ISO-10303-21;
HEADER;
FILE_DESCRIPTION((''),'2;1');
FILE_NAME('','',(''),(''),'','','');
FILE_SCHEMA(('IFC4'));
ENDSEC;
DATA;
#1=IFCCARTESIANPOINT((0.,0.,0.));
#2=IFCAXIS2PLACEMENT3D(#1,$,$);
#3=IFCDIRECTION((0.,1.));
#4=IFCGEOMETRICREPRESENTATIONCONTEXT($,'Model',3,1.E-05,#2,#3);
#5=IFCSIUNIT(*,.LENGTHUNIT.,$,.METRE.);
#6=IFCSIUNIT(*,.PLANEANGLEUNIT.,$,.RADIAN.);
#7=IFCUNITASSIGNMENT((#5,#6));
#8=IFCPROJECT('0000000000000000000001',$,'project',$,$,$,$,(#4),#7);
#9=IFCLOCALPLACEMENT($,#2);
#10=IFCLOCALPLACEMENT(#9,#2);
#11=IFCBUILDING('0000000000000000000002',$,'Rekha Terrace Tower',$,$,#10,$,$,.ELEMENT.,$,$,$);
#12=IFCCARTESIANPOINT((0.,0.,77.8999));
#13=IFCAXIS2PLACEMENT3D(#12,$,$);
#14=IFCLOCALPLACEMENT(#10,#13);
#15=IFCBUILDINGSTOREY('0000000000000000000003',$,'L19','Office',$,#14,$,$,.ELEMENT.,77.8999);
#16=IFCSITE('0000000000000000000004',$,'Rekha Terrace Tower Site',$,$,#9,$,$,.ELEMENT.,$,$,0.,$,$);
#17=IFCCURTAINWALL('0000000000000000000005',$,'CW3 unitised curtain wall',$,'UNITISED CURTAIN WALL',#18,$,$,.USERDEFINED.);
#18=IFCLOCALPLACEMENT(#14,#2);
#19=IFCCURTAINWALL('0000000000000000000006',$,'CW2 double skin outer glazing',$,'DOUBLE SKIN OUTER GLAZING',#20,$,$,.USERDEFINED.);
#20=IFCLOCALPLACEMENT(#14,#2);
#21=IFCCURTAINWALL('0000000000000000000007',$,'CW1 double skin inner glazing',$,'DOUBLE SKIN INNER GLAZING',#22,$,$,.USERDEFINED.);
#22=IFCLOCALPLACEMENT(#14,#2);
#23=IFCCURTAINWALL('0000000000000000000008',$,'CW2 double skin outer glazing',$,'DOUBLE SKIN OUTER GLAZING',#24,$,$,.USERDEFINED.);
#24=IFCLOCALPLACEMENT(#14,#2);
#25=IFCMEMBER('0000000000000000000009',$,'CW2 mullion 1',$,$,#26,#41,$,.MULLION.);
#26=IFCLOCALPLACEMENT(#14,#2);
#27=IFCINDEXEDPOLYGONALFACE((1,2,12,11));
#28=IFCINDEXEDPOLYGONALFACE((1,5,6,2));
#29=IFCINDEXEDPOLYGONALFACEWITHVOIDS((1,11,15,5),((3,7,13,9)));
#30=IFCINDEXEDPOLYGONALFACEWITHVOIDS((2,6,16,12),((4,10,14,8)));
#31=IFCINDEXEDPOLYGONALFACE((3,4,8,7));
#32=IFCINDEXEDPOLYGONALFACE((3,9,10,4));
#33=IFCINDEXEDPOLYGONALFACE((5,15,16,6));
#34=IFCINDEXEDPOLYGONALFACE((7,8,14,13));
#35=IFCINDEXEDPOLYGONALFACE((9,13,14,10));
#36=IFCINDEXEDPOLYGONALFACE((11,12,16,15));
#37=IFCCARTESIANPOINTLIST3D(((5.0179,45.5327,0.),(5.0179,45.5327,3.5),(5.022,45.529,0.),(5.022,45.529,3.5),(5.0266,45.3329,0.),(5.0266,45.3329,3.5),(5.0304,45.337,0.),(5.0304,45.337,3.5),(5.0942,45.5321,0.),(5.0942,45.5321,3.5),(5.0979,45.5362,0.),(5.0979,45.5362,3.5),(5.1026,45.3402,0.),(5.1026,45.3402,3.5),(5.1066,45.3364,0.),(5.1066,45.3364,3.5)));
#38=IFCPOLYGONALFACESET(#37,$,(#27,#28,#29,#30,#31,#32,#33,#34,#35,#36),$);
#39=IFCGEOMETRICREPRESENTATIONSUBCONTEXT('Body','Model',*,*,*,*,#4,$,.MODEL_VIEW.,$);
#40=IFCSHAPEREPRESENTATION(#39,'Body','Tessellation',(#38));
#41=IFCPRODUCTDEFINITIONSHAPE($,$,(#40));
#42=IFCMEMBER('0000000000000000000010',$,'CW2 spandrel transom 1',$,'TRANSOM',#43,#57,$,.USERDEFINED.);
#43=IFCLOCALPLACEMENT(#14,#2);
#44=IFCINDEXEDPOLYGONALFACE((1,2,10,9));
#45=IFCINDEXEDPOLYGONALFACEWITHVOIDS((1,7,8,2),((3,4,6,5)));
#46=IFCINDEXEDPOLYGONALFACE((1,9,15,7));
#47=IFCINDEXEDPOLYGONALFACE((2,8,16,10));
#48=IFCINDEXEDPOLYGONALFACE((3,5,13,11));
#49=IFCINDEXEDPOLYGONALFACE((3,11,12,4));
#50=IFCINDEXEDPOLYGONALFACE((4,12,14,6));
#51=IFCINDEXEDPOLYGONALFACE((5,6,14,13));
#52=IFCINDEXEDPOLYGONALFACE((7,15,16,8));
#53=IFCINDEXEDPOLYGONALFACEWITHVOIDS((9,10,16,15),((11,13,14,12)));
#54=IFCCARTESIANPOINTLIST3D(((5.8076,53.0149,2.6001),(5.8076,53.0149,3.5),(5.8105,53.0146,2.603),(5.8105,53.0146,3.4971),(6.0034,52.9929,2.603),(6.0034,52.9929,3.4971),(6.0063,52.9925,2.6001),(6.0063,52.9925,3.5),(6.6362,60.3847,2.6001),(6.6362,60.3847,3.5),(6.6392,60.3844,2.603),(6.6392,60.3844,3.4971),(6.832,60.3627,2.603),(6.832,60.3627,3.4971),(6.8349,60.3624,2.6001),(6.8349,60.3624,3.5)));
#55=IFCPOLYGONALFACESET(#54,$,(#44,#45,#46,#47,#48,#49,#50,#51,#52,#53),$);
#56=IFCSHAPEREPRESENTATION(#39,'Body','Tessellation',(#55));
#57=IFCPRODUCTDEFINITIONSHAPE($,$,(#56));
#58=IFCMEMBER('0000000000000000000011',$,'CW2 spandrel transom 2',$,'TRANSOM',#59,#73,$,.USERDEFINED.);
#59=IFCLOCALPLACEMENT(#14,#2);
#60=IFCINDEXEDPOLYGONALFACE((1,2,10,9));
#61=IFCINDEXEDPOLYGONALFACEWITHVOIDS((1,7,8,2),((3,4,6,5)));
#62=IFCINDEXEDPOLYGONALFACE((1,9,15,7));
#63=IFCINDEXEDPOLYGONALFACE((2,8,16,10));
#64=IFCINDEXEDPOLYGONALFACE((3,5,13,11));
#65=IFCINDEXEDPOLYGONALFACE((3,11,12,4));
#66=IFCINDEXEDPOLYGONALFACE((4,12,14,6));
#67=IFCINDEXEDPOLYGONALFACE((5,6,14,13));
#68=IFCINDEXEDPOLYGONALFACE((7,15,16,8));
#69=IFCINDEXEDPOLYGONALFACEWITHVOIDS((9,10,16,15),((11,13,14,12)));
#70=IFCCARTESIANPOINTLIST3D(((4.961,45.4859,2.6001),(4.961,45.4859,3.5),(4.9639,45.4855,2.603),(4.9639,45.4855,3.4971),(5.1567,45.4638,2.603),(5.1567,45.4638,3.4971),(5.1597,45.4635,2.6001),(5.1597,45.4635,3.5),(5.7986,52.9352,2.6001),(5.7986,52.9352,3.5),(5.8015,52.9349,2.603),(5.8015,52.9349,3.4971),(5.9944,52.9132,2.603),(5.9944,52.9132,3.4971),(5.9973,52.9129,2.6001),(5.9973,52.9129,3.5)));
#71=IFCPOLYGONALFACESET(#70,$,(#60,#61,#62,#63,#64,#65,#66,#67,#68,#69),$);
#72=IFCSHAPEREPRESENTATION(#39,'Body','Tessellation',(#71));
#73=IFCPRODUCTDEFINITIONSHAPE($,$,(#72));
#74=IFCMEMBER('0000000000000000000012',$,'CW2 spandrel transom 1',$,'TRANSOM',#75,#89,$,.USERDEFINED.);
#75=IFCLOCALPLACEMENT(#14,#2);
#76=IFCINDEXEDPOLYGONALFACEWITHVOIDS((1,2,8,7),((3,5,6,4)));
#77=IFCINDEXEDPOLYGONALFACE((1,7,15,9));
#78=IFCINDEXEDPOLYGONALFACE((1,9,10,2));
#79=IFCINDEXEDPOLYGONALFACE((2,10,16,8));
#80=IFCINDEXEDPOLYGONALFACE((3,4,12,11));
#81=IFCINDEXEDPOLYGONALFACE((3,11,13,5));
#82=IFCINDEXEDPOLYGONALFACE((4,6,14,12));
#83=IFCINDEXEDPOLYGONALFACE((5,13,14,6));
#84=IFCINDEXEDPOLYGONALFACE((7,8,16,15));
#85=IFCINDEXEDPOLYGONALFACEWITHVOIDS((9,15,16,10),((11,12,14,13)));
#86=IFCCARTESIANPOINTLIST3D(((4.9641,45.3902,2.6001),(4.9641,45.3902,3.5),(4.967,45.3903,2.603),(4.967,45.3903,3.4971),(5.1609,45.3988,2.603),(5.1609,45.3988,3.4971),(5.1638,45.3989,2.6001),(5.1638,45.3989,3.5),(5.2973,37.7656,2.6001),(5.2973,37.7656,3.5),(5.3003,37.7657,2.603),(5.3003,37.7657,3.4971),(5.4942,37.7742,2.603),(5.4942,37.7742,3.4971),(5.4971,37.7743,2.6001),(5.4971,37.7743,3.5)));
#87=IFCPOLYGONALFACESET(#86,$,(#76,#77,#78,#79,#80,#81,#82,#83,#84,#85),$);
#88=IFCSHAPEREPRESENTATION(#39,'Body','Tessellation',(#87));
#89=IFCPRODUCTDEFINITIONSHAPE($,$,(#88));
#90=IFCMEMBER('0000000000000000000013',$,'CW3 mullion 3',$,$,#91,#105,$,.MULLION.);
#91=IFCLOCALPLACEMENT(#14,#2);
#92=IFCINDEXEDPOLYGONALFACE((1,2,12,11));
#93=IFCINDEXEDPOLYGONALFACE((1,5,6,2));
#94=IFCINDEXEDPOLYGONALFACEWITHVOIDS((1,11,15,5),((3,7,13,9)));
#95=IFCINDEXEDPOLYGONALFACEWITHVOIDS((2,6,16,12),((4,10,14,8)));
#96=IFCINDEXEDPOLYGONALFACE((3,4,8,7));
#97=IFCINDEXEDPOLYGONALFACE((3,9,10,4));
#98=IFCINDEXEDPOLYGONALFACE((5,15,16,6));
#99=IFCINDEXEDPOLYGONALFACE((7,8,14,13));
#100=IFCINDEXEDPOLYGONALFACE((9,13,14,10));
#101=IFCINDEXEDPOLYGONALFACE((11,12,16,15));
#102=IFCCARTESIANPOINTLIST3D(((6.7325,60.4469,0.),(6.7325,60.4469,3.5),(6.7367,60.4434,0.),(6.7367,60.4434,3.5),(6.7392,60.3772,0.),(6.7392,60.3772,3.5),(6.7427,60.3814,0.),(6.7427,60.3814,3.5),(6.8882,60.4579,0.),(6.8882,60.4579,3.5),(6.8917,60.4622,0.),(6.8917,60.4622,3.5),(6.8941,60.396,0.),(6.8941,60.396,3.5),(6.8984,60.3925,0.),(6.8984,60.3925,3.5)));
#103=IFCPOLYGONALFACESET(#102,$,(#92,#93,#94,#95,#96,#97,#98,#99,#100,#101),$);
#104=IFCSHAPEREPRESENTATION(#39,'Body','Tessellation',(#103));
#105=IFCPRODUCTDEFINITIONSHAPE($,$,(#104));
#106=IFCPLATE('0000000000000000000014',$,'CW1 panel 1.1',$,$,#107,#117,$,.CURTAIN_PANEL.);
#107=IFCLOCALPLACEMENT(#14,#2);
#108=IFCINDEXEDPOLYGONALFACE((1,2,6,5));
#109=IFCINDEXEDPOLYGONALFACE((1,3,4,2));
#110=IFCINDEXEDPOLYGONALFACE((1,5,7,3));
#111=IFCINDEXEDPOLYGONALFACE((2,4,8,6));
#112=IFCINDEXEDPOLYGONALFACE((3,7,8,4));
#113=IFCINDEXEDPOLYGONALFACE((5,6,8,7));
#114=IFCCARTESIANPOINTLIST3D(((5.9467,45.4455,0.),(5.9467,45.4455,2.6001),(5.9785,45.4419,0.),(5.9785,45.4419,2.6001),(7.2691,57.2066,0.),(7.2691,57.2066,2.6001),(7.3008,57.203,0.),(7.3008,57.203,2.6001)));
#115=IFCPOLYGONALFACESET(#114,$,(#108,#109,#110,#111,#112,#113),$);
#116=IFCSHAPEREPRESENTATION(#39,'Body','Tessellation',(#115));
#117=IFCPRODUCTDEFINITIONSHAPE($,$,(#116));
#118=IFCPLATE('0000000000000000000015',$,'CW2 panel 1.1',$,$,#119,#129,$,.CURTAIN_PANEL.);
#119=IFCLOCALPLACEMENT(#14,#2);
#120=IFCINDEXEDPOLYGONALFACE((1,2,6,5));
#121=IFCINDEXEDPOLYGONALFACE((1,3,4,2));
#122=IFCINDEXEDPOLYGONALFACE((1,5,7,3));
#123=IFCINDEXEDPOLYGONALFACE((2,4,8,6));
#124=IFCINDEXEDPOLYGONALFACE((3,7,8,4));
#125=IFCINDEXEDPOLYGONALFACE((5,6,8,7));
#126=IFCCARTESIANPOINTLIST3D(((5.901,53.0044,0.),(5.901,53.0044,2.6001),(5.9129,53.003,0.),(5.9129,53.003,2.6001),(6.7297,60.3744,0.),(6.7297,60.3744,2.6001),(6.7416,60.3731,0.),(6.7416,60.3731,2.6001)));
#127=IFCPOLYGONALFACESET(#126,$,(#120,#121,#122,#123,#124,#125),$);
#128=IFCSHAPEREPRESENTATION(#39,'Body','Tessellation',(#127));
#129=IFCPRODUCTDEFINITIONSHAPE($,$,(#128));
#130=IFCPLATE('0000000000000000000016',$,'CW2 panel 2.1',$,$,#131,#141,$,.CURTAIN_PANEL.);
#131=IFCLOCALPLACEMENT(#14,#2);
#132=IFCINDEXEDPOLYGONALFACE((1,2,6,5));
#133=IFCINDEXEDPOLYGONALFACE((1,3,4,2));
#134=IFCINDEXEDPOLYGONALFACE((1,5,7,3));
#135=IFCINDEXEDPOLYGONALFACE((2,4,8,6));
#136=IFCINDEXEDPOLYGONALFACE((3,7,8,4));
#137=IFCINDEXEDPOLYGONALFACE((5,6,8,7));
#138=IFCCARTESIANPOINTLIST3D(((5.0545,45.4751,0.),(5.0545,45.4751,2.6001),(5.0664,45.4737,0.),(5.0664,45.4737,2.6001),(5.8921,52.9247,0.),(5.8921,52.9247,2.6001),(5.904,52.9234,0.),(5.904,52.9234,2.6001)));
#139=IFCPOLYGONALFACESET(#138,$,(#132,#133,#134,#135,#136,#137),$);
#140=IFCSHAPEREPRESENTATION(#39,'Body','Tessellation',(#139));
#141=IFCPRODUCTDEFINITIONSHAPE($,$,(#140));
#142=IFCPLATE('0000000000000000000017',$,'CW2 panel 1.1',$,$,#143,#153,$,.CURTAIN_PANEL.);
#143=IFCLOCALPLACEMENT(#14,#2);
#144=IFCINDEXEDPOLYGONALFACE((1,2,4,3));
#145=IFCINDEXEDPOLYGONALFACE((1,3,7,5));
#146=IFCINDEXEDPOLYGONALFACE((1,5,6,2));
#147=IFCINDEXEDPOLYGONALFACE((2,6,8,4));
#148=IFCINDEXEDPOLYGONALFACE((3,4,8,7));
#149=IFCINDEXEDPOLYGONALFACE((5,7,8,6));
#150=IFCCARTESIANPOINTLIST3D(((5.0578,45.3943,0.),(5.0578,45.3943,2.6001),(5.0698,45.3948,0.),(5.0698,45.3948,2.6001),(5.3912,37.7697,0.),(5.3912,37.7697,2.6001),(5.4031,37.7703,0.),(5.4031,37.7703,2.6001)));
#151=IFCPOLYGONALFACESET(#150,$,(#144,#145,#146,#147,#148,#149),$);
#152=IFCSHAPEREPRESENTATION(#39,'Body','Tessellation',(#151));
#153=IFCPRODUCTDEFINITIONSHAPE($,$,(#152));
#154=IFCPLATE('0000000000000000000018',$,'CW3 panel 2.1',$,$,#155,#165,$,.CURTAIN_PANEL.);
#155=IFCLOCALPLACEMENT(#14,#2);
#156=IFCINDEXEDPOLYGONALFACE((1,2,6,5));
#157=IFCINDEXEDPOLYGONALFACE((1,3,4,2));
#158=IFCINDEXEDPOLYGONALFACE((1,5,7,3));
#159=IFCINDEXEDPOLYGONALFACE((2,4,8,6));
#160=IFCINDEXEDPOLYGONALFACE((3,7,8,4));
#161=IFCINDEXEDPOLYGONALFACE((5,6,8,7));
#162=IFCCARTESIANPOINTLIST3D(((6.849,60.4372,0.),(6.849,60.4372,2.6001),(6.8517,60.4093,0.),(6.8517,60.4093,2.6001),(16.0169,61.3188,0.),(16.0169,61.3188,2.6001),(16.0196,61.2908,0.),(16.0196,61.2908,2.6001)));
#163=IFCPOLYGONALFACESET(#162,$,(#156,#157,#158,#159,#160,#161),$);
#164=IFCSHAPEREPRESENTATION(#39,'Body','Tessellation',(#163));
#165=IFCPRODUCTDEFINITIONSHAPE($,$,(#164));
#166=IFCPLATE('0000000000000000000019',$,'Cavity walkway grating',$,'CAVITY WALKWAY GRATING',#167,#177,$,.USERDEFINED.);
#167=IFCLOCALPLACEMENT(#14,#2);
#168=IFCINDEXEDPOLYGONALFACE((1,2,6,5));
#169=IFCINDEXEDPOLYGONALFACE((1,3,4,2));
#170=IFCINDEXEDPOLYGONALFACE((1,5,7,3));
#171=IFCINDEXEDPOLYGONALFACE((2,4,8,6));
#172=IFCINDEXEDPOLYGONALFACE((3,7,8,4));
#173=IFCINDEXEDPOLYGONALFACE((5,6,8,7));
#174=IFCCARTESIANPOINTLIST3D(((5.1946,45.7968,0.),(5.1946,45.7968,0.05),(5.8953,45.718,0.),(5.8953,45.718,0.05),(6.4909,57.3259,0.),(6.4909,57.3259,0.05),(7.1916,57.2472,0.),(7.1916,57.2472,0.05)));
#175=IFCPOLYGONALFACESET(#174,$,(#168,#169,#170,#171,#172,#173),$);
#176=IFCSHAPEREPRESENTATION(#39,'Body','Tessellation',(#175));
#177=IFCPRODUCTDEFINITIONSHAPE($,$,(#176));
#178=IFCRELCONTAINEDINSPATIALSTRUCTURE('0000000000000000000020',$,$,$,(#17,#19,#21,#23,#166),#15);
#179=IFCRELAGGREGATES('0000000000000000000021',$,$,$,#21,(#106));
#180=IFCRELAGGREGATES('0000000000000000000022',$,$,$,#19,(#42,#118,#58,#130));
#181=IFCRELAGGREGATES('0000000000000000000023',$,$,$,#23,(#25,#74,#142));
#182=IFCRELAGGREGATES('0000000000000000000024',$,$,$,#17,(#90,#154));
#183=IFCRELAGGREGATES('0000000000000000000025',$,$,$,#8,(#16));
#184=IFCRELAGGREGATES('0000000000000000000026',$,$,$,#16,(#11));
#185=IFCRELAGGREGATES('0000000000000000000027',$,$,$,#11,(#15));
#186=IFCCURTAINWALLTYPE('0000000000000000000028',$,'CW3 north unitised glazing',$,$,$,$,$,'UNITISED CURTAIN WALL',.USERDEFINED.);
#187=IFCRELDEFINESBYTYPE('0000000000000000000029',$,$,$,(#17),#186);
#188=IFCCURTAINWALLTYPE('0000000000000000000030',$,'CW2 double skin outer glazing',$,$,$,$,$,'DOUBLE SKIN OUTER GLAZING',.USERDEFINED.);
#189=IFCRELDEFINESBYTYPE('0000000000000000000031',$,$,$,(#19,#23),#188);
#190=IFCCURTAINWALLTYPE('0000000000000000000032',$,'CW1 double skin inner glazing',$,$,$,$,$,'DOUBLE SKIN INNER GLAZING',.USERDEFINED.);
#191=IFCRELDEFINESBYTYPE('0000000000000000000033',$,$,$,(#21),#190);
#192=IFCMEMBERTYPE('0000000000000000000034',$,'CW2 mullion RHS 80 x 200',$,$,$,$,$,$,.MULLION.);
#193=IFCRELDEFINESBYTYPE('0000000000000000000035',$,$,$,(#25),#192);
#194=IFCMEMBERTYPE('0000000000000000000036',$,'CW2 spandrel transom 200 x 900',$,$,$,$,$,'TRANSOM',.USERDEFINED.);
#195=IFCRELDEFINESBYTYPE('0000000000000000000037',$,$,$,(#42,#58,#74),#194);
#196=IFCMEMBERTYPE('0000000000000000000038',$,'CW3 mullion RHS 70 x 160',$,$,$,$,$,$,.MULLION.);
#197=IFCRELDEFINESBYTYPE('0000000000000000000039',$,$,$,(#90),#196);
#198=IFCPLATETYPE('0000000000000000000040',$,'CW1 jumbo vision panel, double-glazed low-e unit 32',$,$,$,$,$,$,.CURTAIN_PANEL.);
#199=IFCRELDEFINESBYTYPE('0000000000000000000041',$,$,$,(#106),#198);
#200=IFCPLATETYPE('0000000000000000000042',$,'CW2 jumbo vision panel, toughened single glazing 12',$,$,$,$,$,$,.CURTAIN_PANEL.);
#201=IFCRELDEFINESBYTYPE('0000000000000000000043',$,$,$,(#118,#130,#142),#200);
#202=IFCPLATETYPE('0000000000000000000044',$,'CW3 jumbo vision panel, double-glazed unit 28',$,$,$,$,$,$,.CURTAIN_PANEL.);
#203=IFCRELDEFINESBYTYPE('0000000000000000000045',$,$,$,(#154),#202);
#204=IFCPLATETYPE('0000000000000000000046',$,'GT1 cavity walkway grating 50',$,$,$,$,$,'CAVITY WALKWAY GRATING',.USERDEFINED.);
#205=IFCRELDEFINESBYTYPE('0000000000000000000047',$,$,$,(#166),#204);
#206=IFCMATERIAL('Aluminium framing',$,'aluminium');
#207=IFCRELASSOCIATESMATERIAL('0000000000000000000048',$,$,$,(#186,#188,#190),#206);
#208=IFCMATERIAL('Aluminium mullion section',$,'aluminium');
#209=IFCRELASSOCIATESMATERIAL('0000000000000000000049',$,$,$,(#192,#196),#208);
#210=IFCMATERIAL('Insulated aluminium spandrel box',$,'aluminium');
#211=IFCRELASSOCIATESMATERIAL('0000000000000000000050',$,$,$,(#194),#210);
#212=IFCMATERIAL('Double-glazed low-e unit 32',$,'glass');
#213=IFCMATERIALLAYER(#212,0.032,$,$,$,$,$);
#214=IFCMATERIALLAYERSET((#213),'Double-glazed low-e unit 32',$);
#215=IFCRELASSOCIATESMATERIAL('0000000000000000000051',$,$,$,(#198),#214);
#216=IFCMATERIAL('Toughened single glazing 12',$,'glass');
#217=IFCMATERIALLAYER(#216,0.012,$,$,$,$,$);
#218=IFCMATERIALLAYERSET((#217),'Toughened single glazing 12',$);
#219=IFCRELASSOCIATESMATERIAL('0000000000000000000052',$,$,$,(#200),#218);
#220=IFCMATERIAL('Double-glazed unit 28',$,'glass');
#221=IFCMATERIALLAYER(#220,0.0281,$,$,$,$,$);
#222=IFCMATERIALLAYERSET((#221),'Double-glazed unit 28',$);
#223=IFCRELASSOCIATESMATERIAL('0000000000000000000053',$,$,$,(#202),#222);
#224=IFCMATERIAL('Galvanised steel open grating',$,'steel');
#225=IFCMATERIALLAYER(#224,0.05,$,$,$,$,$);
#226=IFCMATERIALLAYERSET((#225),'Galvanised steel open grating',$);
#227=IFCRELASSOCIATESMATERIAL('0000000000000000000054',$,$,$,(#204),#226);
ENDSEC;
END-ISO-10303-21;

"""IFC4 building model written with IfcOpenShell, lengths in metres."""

from ifc_helpers import new_model, si_unit, direction, frame, origin, origin_2d, place, context, subcontext, project, spatial, rectangle, hollow_rectangle, extrude, material, layer, layer_set, material_profile, profile_set, type_object, element, aggregate, save


model = new_model("IFC4")

# Units and contexts
model_context = context("Model", 3, precision=1e-05, world=origin(), true_north=direction((0.0, 1.0)))
body_context = subcontext(model_context, "Body", "Model", "MODEL_VIEW")
ifc_project = project(units=[si_unit("LENGTHUNIT", "METRE"), si_unit("PLANEANGLEUNIT", "RADIAN")], contexts=[model_context])

# Site, building, storey
site_placement = place(None, origin())
site = spatial("IfcSite", under=ifc_project, at=site_placement, Name="Rekha Terrace Tower Site", CompositionType="ELEMENT", RefElevation=0.0)
building_placement = place(site_placement, origin())
building = spatial("IfcBuilding", under=site, at=building_placement, Name="Rekha Terrace Tower", CompositionType="ELEMENT")
storey_placement = place(building_placement, frame((0.0, 0.0, 77.8999)))
storey = spatial("IfcBuildingStorey", under=building, at=storey_placement, Name="L19", Description="Office", CompositionType="ELEMENT", Elevation=77.8999)

# Curtain walls
ifc_material_1 = material(Name="Aluminium framing", Category="aluminium")
curtain_wall_type_1 = type_object("IfcCurtainWallType", Name="CW3 north unitised glazing", ElementType="UNITISED CURTAIN WALL", PredefinedType="USERDEFINED", material=ifc_material_1)
curtain_wall_1_placement = place(storey_placement, origin())
curtain_wall_1 = element("IfcCurtainWall", 1, at=curtain_wall_1_placement, inside=storey, type_object=curtain_wall_type_1, Name="CW3 unitised curtain wall", ObjectType="UNITISED CURTAIN WALL", PredefinedType="USERDEFINED")
curtain_wall_type_2 = type_object("IfcCurtainWallType", Name="CW2 double skin outer glazing", ElementType="DOUBLE SKIN OUTER GLAZING", PredefinedType="USERDEFINED", material=ifc_material_1)
curtain_wall_2_placement = place(storey_placement, origin())
curtain_wall_2 = element("IfcCurtainWall", 2, at=curtain_wall_2_placement, inside=storey, type_object=curtain_wall_type_2, Name="CW2 double skin outer glazing", ObjectType="DOUBLE SKIN OUTER GLAZING", PredefinedType="USERDEFINED")
curtain_wall_type_3 = type_object("IfcCurtainWallType", Name="CW1 double skin inner glazing", ElementType="DOUBLE SKIN INNER GLAZING", PredefinedType="USERDEFINED", material=ifc_material_1)
curtain_wall_3_placement = place(storey_placement, origin())
curtain_wall_3 = element("IfcCurtainWall", 3, at=curtain_wall_3_placement, inside=storey, type_object=curtain_wall_type_3, Name="CW1 double skin inner glazing", ObjectType="DOUBLE SKIN INNER GLAZING", PredefinedType="USERDEFINED")
ifc_material_2 = material(Name="Aluminium mullion section", Category="aluminium")

# Shared definitions
ifc_material_3 = material(Name="Insulated aluminium spandrel box", Category="aluminium")
ifc_material_profile_1 = material_profile(ifc_material_2, hollow_rectangle(XDim=0.0801, YDim=0.2, WallThickness=0.0039, at=origin_2d()), Name="AL RHS 80x200")
ifc_profile_set_1 = profile_set([ifc_material_profile_1], Name="Aluminium mullion section")
member_type_1 = type_object("IfcMemberType", Name="CW2 mullion RHS 80 x 200", PredefinedType="MULLION", material=ifc_profile_set_1)

# Curtain wall, member
curtain_wall_4_placement = place(storey_placement, origin())
curtain_wall_4 = element("IfcCurtainWall", 4, at=curtain_wall_4_placement, inside=storey, type_object=curtain_wall_type_2, Name="CW2 double skin outer glazing", ObjectType="DOUBLE SKIN OUTER GLAZING", PredefinedType="USERDEFINED")
member_1_placement = place(storey_placement, frame((5.0623, 45.4346, 0.0), z_axis=(0.0, 0.0, 1.0), x_axis=(0.999045, 0.043683, 0.0)))
member_1 = element("IfcMember", 5, at=member_1_placement, type_object=member_type_1, Name="CW2 mullion 1", PredefinedType="MULLION", context=body_context, shape_type="SweptSolid", body=[
    extrude(hollow_rectangle(XDim=0.0801, YDim=0.2, WallThickness=0.0039, at=origin_2d()), origin(), (0.0, 0.0, 1.0), 3.5),
])

# Members
ifc_material_profile_2 = material_profile(ifc_material_3, hollow_rectangle(XDim=0.2, YDim=0.8999, WallThickness=0.0029, at=origin_2d()), Name="AL SPANDREL BOX 200x900")
ifc_profile_set_2 = profile_set([ifc_material_profile_2], Name="Insulated aluminium spandrel box")
member_type_2 = type_object("IfcMemberType", Name="CW2 spandrel transom 200 x 900", ElementType="TRANSOM", PredefinedType="USERDEFINED", material=ifc_profile_set_2)
member_2_placement = place(storey_placement, frame((6.7356, 60.3735, 3.05), z_axis=(-0.111729, -0.993739, 0.0), x_axis=(0.993739, -0.111729, 0.0)))
member_2 = element("IfcMember", 6, at=member_2_placement, type_object=member_type_2, Name="CW2 spandrel transom 1", ObjectType="TRANSOM", PredefinedType="USERDEFINED", context=body_context, shape_type="SweptSolid", body=[
    extrude(hollow_rectangle(XDim=0.2, YDim=0.8999, WallThickness=0.0029, at=origin_2d()), origin(), (0.0, 0.0, 1.0), 7.4163),
])
member_3_placement = place(storey_placement, frame((5.8979, 52.9241, 3.05), z_axis=(-0.11174, -0.993738, 0.0), x_axis=(0.993738, -0.11174, 0.0)))
member_3 = element("IfcMember", 7, at=member_3_placement, type_object=member_type_2, Name="CW2 spandrel transom 2", ObjectType="TRANSOM", PredefinedType="USERDEFINED", context=body_context, shape_type="SweptSolid", body=[
    extrude(hollow_rectangle(XDim=0.2, YDim=0.8999, WallThickness=0.0029, at=origin_2d()), origin(), (0.0, 0.0, 1.0), 7.4963),
])
member_4_placement = place(storey_placement, frame((5.064, 45.3945, 3.05), z_axis=(0.043666, -0.999046, 0.0), x_axis=(0.999046, 0.043666, 0.0)))
member_4 = element("IfcMember", 8, at=member_4_placement, type_object=member_type_2, Name="CW2 spandrel transom 1", ObjectType="TRANSOM", PredefinedType="USERDEFINED", context=body_context, shape_type="SweptSolid", body=[
    extrude(hollow_rectangle(XDim=0.2, YDim=0.8999, WallThickness=0.0029, at=origin_2d()), origin(), (0.0, 0.0, 1.0), 7.6318),
])
ifc_material_profile_3 = material_profile(ifc_material_2, hollow_rectangle(XDim=0.0701, YDim=0.1599, WallThickness=0.0039, at=origin_2d()), Name="AL RHS 70x160")
ifc_profile_set_3 = profile_set([ifc_material_profile_3], Name="Aluminium mullion section")
member_type_3 = type_object("IfcMemberType", Name="CW3 mullion RHS 70 x 160", PredefinedType="MULLION", material=ifc_profile_set_3)
member_5_placement = place(storey_placement, frame((6.8154, 60.4197, 0.0), z_axis=(0.0, 0.0, 1.0), x_axis=(0.095712, -0.995409, 0.0)))
member_5 = element("IfcMember", 9, at=member_5_placement, type_object=member_type_3, Name="CW3 mullion 3", PredefinedType="MULLION", context=body_context, shape_type="SweptSolid", body=[
    extrude(hollow_rectangle(XDim=0.0701, YDim=0.1599, WallThickness=0.0039, at=origin_2d()), origin(), (0.0, 0.0, 1.0), 3.5),
])

# Plates
ifc_material_4 = material(Name="Double-glazed low-e unit 32", Category="glass")
ifc_layer_1 = layer(ifc_material_4, 0.032)
ifc_layer_set_1 = layer_set([ifc_layer_1], Name="Double-glazed low-e unit 32")
plate_type_1 = type_object("IfcPlateType", Name="CW1 jumbo vision panel, double-glazed low-e unit 32", PredefinedType="CURTAIN_PANEL", material=ifc_layer_set_1)
plate_1_placement = place(storey_placement, frame((6.6238, 51.3242, 0.0), z_axis=(0.0, 0.0, 1.0), x_axis=(-0.11173, -0.993739, 0.0)))
plate_1 = element("IfcPlate", 10, at=plate_1_placement, type_object=plate_type_1, Name="CW1 panel 1.1", PredefinedType="CURTAIN_PANEL", context=body_context, shape_type="SweptSolid", body=[
    extrude(rectangle(XDim=11.8352, YDim=0.032, at=origin_2d()), origin(), (0.0, 0.0, 1.0), 2.6001),
])
aggregate(curtain_wall_3, [plate_1])
ifc_material_5 = material(Name="Toughened single glazing 12", Category="glass")
ifc_layer_2 = layer(ifc_material_5, 0.012)
ifc_layer_set_2 = layer_set([ifc_layer_2], Name="Toughened single glazing 12")
plate_type_2 = type_object("IfcPlateType", Name="CW2 jumbo vision panel, toughened single glazing 12", PredefinedType="CURTAIN_PANEL", material=ifc_layer_set_2)
plate_2_placement = place(storey_placement, frame((6.3213, 56.6887, 0.0), z_axis=(0.0, 0.0, 1.0), x_axis=(-0.11173, -0.993739, 0.0)))
plate_2 = element("IfcPlate", 11, at=plate_2_placement, type_object=plate_type_2, Name="CW2 panel 1.1", PredefinedType="CURTAIN_PANEL", context=body_context, shape_type="SweptSolid", body=[
    extrude(rectangle(XDim=7.4165, YDim=0.012, at=origin_2d()), origin(), (0.0, 0.0, 1.0), 2.6001),
])
plate_3_placement = place(storey_placement, frame((5.4792, 49.1992, 0.0), z_axis=(0.0, 0.0, 1.0), x_axis=(-0.11173, -0.993739, 0.0)))
plate_3 = element("IfcPlate", 12, at=plate_3_placement, type_object=plate_type_2, Name="CW2 panel 2.1", PredefinedType="CURTAIN_PANEL", context=body_context, shape_type="SweptSolid", body=[
    extrude(rectangle(XDim=7.4966, YDim=0.012, at=origin_2d()), origin(), (0.0, 0.0, 1.0), 2.6001),
])
aggregate(curtain_wall_2, [member_2, plate_2, member_3, plate_3])
plate_4_placement = place(storey_placement, frame((5.2305, 41.5823, 0.0), z_axis=(0.0, 0.0, 1.0), x_axis=(0.043683, -0.999045, 0.0)))
plate_4 = element("IfcPlate", 13, at=plate_4_placement, type_object=plate_type_2, Name="CW2 panel 1.1", PredefinedType="CURTAIN_PANEL", context=body_context, shape_type="SweptSolid", body=[
    extrude(rectangle(XDim=7.6318, YDim=0.012, at=origin_2d()), origin(), (0.0, 0.0, 1.0), 2.6001),
])
aggregate(curtain_wall_4, [member_1, member_4, plate_4])
ifc_material_6 = material(Name="Double-glazed unit 28", Category="glass")
ifc_layer_3 = layer(ifc_material_6, 0.0281)
ifc_layer_set_3 = layer_set([ifc_layer_3], Name="Double-glazed unit 28")
plate_type_3 = type_object("IfcPlateType", Name="CW3 jumbo vision panel, double-glazed unit 28", PredefinedType="CURTAIN_PANEL", material=ifc_layer_set_3)
plate_5_placement = place(storey_placement, frame((11.4343, 60.864, 0.0), z_axis=(0.0, 0.0, 1.0), x_axis=(-0.995409, -0.095712, 0.0)))
plate_5 = element("IfcPlate", 14, at=plate_5_placement, type_object=plate_type_3, Name="CW3 panel 2.1", PredefinedType="CURTAIN_PANEL", context=body_context, shape_type="SweptSolid", body=[
    extrude(rectangle(XDim=9.2102, YDim=0.0281, at=origin_2d()), origin(), (0.0, 0.0, 1.0), 2.6001),
])
aggregate(curtain_wall_1, [member_5, plate_5])
ifc_material_7 = material(Name="Galvanised steel open grating", Category="steel")
ifc_layer_4 = layer(ifc_material_7, 0.05)
ifc_layer_set_4 = layer_set([ifc_layer_4], Name="Galvanised steel open grating")
plate_type_4 = type_object("IfcPlateType", Name="GT1 cavity walkway grating 50", ElementType="CAVITY WALKWAY GRATING", PredefinedType="USERDEFINED", material=ifc_layer_set_4)
plate_6_placement = place(storey_placement, frame((6.1931, 51.522, 0.0), z_axis=(0.0, 0.0, 1.0), x_axis=(-0.11173, -0.993739, 0.0)))
element("IfcPlate", 15, at=plate_6_placement, inside=storey, type_object=plate_type_4, Name="Cavity walkway grating", ObjectType="CAVITY WALKWAY GRATING", PredefinedType="USERDEFINED", context=body_context, shape_type="SweptSolid", body=[
    extrude(rectangle(XDim=11.6018, YDim=0.7051, at=origin_2d()), origin(), (0.0, 0.0, 1.0), 0.05),
])

save(model, "model.ifc")
